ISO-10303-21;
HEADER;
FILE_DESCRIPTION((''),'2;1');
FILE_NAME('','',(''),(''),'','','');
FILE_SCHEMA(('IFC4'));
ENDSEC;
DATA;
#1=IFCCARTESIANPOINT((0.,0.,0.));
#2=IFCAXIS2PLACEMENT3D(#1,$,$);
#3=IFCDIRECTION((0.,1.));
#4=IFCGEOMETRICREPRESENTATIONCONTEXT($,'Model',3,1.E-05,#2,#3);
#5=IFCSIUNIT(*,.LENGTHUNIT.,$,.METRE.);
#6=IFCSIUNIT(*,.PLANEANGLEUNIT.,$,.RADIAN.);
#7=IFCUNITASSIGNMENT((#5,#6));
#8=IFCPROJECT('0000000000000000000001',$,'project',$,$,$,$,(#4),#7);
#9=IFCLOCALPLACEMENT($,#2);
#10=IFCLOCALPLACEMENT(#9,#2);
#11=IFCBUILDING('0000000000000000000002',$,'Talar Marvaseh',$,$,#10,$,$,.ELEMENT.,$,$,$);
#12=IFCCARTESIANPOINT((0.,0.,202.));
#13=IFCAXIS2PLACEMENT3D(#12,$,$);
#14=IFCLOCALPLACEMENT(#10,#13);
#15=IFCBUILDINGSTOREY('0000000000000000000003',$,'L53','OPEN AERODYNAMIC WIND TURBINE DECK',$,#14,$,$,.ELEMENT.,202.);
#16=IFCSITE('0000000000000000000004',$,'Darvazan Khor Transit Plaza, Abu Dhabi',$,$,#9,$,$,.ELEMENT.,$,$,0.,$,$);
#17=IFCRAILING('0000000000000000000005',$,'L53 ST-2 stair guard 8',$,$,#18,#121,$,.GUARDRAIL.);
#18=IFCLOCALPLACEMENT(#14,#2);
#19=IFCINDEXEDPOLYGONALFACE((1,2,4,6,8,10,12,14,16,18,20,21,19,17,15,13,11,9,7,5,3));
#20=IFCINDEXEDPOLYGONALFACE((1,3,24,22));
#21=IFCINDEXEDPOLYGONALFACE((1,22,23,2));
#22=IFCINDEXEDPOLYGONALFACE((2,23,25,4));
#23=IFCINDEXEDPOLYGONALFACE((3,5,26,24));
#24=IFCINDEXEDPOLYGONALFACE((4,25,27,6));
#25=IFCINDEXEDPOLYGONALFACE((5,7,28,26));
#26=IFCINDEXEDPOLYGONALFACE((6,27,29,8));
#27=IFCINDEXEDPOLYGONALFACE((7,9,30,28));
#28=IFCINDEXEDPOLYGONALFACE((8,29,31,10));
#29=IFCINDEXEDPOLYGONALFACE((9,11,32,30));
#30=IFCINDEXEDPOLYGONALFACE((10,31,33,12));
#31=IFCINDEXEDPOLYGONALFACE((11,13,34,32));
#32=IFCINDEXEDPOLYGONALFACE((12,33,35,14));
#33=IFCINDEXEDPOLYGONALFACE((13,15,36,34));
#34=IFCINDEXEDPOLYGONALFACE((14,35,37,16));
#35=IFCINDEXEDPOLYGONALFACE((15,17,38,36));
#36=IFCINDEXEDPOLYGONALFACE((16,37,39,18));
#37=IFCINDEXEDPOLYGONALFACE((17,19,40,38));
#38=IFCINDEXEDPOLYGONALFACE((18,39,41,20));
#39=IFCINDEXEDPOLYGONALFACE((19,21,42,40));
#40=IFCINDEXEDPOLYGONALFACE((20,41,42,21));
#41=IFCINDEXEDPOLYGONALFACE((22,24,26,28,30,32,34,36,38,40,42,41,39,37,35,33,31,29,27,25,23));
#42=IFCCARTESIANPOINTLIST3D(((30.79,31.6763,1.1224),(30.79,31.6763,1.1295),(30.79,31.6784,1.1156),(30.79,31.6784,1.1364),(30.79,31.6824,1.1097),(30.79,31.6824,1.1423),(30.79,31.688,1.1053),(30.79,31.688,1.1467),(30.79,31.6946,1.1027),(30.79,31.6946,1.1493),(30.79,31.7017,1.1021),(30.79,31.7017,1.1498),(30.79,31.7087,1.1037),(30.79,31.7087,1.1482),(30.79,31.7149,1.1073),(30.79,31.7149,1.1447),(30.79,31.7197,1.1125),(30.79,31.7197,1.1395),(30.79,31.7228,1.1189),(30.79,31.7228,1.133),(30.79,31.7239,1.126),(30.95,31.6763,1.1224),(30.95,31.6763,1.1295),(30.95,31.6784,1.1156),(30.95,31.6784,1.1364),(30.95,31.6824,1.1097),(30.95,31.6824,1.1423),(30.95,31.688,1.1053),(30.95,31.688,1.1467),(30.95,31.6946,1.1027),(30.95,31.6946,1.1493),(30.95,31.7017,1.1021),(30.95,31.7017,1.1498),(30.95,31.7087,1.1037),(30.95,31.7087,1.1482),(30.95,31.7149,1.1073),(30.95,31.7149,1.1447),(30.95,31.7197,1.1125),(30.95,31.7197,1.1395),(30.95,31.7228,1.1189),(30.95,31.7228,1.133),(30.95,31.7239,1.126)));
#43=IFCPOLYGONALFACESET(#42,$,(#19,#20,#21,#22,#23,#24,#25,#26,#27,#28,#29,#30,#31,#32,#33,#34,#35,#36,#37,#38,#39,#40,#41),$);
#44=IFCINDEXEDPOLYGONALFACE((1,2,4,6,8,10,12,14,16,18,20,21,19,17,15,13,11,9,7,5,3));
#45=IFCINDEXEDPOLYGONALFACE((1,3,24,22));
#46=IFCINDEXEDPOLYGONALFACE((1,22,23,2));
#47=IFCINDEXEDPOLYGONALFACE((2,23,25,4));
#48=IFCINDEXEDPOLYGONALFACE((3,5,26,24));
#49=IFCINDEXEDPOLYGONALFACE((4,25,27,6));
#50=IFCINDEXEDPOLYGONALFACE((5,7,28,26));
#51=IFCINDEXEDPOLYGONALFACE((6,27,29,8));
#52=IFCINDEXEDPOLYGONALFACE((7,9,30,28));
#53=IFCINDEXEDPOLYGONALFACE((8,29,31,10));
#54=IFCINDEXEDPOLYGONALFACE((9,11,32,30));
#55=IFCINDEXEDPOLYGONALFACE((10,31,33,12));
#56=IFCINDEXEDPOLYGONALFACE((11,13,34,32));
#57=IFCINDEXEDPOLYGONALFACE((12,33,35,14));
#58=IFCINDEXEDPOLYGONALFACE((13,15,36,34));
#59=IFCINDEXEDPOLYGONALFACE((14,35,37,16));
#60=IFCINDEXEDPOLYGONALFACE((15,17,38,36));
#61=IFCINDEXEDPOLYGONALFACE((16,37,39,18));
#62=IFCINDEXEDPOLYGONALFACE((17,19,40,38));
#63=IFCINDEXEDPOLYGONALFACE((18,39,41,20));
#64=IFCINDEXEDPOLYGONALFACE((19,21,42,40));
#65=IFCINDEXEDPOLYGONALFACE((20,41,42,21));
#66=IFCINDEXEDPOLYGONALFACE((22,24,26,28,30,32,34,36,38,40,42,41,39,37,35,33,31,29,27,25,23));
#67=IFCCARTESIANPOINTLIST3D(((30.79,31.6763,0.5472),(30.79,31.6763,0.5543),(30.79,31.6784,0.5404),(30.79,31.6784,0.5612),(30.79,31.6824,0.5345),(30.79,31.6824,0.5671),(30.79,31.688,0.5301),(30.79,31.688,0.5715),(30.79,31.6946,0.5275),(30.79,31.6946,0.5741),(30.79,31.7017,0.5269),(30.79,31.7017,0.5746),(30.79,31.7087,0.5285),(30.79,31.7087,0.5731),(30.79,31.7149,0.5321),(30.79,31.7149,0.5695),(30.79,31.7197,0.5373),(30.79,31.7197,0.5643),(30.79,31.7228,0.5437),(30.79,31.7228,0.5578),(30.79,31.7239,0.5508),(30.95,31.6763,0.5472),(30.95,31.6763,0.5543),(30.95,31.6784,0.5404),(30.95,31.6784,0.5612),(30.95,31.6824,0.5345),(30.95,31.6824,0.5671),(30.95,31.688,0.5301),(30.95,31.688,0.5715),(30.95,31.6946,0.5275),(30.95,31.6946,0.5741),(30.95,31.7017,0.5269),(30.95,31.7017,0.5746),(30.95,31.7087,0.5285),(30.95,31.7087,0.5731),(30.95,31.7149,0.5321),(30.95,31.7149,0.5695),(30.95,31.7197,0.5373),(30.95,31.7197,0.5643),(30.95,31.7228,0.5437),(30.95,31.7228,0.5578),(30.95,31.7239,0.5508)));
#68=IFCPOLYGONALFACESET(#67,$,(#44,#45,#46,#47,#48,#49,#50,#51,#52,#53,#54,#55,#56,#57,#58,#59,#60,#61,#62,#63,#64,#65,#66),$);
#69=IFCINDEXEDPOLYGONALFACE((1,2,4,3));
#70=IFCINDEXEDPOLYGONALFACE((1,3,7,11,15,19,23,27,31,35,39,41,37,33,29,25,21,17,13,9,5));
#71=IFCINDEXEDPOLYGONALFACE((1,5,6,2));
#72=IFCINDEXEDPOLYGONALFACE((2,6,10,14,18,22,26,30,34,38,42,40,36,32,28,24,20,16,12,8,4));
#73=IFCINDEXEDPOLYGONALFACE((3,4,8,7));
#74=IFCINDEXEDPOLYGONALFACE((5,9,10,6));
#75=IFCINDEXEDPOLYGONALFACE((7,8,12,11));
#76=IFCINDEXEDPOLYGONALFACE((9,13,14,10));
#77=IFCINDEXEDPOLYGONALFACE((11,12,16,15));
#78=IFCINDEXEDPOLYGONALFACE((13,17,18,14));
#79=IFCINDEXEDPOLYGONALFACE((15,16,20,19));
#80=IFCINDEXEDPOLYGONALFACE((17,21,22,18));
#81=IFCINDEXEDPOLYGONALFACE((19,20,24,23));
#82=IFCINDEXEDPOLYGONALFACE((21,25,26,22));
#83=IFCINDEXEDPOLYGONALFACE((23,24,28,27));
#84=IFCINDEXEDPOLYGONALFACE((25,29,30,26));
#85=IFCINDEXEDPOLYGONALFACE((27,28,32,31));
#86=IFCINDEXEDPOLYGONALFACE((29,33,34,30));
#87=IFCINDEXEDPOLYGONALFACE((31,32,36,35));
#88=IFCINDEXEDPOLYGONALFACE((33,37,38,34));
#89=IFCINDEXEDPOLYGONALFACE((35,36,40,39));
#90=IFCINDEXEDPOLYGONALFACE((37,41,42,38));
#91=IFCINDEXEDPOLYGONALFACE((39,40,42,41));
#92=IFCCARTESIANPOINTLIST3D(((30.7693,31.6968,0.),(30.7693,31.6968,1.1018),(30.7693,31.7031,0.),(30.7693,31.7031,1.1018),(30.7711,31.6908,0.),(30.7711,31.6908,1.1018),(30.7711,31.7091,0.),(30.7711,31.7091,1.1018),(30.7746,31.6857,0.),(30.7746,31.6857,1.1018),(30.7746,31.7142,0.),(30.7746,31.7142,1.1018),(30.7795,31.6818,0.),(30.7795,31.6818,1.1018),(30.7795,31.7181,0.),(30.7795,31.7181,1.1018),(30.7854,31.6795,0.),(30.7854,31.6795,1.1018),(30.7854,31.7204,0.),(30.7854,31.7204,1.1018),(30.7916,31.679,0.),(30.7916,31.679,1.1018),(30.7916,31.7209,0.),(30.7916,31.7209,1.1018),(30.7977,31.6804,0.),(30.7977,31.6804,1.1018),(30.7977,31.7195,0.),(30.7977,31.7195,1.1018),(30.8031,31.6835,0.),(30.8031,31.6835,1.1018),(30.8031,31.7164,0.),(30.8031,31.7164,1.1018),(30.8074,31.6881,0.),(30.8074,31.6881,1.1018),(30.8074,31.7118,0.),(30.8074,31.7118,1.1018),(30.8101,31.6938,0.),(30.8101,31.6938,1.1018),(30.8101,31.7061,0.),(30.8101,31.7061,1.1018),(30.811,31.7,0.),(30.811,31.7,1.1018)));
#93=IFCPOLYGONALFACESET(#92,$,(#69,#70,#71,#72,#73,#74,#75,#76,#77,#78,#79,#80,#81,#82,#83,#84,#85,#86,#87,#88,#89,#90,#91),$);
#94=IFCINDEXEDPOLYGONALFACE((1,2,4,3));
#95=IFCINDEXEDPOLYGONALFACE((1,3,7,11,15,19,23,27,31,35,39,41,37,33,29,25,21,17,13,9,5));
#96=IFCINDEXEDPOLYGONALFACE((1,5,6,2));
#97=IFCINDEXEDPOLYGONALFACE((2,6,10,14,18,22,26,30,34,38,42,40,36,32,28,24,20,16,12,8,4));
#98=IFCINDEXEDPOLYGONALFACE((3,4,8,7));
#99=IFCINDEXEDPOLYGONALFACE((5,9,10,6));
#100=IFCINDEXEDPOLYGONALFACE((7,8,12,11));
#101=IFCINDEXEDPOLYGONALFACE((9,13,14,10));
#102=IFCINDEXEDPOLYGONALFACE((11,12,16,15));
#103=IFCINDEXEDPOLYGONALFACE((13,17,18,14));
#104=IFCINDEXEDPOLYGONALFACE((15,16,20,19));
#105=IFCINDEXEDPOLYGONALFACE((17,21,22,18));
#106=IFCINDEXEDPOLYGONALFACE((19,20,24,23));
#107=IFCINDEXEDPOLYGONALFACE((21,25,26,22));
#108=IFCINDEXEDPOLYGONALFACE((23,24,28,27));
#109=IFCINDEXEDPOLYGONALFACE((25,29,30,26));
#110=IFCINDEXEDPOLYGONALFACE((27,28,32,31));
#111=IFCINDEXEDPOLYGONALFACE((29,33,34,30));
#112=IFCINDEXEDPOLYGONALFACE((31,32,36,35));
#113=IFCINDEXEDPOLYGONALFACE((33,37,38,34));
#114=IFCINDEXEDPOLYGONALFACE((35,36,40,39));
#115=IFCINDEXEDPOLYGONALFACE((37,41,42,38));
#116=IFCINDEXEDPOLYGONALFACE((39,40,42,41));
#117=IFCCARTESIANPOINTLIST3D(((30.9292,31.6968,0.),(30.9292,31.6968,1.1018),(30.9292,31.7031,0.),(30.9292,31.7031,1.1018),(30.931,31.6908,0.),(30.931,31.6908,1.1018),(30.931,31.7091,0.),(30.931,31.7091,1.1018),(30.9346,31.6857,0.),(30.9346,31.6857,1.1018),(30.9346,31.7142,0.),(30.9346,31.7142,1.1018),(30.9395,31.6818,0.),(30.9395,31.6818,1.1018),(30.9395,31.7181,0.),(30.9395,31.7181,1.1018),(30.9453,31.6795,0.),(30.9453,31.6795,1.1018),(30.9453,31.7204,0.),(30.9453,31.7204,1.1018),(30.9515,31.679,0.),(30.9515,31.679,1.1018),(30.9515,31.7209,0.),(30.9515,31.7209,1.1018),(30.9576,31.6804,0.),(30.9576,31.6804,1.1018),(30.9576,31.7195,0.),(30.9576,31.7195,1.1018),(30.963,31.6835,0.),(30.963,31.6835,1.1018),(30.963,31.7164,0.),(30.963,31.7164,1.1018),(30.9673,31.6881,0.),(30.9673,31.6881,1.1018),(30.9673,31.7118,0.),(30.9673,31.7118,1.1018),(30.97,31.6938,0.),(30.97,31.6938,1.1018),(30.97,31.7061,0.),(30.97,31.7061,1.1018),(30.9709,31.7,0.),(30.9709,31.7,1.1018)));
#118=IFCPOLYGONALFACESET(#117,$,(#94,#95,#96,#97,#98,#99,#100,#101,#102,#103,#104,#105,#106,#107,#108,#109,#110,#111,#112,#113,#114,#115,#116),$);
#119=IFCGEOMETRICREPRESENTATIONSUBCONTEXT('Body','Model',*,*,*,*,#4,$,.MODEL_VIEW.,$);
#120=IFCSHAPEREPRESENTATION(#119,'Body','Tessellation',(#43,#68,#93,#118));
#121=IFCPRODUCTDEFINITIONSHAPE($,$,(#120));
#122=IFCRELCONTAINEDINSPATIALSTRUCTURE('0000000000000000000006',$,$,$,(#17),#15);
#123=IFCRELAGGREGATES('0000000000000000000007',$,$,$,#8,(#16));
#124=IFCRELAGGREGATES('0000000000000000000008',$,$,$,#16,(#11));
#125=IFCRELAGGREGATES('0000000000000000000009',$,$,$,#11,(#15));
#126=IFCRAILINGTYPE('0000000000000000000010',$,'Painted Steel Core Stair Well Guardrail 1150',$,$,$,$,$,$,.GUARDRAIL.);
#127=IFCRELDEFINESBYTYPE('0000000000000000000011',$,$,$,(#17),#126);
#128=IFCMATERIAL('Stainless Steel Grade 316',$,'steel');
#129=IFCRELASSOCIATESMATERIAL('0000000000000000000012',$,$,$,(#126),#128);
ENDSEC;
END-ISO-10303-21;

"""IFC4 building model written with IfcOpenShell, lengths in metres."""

from ifc_helpers import new_model, si_unit, direction, frame, origin, origin_2d, place, context, subcontext, project, spatial, circle, extrude, material, type_object, element, save


model = new_model("IFC4")

# Units and contexts
model_context = context("Model", 3, precision=1e-05, world=origin(), true_north=direction((0.0, 1.0)))
body_context = subcontext(model_context, "Body", "Model", "MODEL_VIEW")
ifc_project = project(units=[si_unit("LENGTHUNIT", "METRE"), si_unit("PLANEANGLEUNIT", "RADIAN")], contexts=[model_context])

# Site, building, storey
site_placement = place(None, origin())
site = spatial("IfcSite", under=ifc_project, at=site_placement, Name="Darvazan Khor Transit Plaza, Abu Dhabi", CompositionType="ELEMENT", RefElevation=0.0)
building_placement = place(site_placement, origin())
building = spatial("IfcBuilding", under=site, at=building_placement, Name="Talar Marvaseh", CompositionType="ELEMENT")
storey_placement = place(building_placement, frame((0.0, 0.0, 202.0)))
storey = spatial("IfcBuildingStorey", under=building, at=storey_placement, Name="L53", Description="OPEN AERODYNAMIC WIND TURBINE DECK", CompositionType="ELEMENT", Elevation=202.0)

# Railing
ifc_material_1 = material(Name="Stainless Steel Grade 316", Category="steel")
railing_type_1 = type_object("IfcRailingType", Name="Painted Steel Core Stair Well Guardrail 1150", PredefinedType="GUARDRAIL", material=ifc_material_1)
railing_1_placement = place(storey_placement, frame((30.79, 31.7, 0.0)))
element("IfcRailing", 1, at=railing_1_placement, inside=storey, type_object=railing_type_1, Name="L53 ST-2 stair guard 8", PredefinedType="GUARDRAIL", context=body_context, shape_type="SweptSolid", body=[
    extrude(circle(Radius=0.0239, at=origin_2d()), frame((0.0, 0.0, 1.126), z_axis=(1.0, 0.0, 0.0), x_axis=(0.0, 1.0, 0.0)), (0.0, 0.0, 1.0), 0.1599),
    extrude(circle(Radius=0.0239, at=origin_2d()), frame((0.0, 0.0, 0.5508), z_axis=(1.0, 0.0, 0.0), x_axis=(0.0, 1.0, 0.0)), (0.0, 0.0, 1.0), 0.1599),
    extrude(circle(Radius=0.021, at=origin_2d()), origin(), (0.0, 0.0, 1.0), 1.1018),
    extrude(circle(Radius=0.021, at=origin_2d()), frame((0.1599, 0.0, 0.0)), (0.0, 0.0, 1.0), 1.1018),
])

save(model, "model.ifc")
